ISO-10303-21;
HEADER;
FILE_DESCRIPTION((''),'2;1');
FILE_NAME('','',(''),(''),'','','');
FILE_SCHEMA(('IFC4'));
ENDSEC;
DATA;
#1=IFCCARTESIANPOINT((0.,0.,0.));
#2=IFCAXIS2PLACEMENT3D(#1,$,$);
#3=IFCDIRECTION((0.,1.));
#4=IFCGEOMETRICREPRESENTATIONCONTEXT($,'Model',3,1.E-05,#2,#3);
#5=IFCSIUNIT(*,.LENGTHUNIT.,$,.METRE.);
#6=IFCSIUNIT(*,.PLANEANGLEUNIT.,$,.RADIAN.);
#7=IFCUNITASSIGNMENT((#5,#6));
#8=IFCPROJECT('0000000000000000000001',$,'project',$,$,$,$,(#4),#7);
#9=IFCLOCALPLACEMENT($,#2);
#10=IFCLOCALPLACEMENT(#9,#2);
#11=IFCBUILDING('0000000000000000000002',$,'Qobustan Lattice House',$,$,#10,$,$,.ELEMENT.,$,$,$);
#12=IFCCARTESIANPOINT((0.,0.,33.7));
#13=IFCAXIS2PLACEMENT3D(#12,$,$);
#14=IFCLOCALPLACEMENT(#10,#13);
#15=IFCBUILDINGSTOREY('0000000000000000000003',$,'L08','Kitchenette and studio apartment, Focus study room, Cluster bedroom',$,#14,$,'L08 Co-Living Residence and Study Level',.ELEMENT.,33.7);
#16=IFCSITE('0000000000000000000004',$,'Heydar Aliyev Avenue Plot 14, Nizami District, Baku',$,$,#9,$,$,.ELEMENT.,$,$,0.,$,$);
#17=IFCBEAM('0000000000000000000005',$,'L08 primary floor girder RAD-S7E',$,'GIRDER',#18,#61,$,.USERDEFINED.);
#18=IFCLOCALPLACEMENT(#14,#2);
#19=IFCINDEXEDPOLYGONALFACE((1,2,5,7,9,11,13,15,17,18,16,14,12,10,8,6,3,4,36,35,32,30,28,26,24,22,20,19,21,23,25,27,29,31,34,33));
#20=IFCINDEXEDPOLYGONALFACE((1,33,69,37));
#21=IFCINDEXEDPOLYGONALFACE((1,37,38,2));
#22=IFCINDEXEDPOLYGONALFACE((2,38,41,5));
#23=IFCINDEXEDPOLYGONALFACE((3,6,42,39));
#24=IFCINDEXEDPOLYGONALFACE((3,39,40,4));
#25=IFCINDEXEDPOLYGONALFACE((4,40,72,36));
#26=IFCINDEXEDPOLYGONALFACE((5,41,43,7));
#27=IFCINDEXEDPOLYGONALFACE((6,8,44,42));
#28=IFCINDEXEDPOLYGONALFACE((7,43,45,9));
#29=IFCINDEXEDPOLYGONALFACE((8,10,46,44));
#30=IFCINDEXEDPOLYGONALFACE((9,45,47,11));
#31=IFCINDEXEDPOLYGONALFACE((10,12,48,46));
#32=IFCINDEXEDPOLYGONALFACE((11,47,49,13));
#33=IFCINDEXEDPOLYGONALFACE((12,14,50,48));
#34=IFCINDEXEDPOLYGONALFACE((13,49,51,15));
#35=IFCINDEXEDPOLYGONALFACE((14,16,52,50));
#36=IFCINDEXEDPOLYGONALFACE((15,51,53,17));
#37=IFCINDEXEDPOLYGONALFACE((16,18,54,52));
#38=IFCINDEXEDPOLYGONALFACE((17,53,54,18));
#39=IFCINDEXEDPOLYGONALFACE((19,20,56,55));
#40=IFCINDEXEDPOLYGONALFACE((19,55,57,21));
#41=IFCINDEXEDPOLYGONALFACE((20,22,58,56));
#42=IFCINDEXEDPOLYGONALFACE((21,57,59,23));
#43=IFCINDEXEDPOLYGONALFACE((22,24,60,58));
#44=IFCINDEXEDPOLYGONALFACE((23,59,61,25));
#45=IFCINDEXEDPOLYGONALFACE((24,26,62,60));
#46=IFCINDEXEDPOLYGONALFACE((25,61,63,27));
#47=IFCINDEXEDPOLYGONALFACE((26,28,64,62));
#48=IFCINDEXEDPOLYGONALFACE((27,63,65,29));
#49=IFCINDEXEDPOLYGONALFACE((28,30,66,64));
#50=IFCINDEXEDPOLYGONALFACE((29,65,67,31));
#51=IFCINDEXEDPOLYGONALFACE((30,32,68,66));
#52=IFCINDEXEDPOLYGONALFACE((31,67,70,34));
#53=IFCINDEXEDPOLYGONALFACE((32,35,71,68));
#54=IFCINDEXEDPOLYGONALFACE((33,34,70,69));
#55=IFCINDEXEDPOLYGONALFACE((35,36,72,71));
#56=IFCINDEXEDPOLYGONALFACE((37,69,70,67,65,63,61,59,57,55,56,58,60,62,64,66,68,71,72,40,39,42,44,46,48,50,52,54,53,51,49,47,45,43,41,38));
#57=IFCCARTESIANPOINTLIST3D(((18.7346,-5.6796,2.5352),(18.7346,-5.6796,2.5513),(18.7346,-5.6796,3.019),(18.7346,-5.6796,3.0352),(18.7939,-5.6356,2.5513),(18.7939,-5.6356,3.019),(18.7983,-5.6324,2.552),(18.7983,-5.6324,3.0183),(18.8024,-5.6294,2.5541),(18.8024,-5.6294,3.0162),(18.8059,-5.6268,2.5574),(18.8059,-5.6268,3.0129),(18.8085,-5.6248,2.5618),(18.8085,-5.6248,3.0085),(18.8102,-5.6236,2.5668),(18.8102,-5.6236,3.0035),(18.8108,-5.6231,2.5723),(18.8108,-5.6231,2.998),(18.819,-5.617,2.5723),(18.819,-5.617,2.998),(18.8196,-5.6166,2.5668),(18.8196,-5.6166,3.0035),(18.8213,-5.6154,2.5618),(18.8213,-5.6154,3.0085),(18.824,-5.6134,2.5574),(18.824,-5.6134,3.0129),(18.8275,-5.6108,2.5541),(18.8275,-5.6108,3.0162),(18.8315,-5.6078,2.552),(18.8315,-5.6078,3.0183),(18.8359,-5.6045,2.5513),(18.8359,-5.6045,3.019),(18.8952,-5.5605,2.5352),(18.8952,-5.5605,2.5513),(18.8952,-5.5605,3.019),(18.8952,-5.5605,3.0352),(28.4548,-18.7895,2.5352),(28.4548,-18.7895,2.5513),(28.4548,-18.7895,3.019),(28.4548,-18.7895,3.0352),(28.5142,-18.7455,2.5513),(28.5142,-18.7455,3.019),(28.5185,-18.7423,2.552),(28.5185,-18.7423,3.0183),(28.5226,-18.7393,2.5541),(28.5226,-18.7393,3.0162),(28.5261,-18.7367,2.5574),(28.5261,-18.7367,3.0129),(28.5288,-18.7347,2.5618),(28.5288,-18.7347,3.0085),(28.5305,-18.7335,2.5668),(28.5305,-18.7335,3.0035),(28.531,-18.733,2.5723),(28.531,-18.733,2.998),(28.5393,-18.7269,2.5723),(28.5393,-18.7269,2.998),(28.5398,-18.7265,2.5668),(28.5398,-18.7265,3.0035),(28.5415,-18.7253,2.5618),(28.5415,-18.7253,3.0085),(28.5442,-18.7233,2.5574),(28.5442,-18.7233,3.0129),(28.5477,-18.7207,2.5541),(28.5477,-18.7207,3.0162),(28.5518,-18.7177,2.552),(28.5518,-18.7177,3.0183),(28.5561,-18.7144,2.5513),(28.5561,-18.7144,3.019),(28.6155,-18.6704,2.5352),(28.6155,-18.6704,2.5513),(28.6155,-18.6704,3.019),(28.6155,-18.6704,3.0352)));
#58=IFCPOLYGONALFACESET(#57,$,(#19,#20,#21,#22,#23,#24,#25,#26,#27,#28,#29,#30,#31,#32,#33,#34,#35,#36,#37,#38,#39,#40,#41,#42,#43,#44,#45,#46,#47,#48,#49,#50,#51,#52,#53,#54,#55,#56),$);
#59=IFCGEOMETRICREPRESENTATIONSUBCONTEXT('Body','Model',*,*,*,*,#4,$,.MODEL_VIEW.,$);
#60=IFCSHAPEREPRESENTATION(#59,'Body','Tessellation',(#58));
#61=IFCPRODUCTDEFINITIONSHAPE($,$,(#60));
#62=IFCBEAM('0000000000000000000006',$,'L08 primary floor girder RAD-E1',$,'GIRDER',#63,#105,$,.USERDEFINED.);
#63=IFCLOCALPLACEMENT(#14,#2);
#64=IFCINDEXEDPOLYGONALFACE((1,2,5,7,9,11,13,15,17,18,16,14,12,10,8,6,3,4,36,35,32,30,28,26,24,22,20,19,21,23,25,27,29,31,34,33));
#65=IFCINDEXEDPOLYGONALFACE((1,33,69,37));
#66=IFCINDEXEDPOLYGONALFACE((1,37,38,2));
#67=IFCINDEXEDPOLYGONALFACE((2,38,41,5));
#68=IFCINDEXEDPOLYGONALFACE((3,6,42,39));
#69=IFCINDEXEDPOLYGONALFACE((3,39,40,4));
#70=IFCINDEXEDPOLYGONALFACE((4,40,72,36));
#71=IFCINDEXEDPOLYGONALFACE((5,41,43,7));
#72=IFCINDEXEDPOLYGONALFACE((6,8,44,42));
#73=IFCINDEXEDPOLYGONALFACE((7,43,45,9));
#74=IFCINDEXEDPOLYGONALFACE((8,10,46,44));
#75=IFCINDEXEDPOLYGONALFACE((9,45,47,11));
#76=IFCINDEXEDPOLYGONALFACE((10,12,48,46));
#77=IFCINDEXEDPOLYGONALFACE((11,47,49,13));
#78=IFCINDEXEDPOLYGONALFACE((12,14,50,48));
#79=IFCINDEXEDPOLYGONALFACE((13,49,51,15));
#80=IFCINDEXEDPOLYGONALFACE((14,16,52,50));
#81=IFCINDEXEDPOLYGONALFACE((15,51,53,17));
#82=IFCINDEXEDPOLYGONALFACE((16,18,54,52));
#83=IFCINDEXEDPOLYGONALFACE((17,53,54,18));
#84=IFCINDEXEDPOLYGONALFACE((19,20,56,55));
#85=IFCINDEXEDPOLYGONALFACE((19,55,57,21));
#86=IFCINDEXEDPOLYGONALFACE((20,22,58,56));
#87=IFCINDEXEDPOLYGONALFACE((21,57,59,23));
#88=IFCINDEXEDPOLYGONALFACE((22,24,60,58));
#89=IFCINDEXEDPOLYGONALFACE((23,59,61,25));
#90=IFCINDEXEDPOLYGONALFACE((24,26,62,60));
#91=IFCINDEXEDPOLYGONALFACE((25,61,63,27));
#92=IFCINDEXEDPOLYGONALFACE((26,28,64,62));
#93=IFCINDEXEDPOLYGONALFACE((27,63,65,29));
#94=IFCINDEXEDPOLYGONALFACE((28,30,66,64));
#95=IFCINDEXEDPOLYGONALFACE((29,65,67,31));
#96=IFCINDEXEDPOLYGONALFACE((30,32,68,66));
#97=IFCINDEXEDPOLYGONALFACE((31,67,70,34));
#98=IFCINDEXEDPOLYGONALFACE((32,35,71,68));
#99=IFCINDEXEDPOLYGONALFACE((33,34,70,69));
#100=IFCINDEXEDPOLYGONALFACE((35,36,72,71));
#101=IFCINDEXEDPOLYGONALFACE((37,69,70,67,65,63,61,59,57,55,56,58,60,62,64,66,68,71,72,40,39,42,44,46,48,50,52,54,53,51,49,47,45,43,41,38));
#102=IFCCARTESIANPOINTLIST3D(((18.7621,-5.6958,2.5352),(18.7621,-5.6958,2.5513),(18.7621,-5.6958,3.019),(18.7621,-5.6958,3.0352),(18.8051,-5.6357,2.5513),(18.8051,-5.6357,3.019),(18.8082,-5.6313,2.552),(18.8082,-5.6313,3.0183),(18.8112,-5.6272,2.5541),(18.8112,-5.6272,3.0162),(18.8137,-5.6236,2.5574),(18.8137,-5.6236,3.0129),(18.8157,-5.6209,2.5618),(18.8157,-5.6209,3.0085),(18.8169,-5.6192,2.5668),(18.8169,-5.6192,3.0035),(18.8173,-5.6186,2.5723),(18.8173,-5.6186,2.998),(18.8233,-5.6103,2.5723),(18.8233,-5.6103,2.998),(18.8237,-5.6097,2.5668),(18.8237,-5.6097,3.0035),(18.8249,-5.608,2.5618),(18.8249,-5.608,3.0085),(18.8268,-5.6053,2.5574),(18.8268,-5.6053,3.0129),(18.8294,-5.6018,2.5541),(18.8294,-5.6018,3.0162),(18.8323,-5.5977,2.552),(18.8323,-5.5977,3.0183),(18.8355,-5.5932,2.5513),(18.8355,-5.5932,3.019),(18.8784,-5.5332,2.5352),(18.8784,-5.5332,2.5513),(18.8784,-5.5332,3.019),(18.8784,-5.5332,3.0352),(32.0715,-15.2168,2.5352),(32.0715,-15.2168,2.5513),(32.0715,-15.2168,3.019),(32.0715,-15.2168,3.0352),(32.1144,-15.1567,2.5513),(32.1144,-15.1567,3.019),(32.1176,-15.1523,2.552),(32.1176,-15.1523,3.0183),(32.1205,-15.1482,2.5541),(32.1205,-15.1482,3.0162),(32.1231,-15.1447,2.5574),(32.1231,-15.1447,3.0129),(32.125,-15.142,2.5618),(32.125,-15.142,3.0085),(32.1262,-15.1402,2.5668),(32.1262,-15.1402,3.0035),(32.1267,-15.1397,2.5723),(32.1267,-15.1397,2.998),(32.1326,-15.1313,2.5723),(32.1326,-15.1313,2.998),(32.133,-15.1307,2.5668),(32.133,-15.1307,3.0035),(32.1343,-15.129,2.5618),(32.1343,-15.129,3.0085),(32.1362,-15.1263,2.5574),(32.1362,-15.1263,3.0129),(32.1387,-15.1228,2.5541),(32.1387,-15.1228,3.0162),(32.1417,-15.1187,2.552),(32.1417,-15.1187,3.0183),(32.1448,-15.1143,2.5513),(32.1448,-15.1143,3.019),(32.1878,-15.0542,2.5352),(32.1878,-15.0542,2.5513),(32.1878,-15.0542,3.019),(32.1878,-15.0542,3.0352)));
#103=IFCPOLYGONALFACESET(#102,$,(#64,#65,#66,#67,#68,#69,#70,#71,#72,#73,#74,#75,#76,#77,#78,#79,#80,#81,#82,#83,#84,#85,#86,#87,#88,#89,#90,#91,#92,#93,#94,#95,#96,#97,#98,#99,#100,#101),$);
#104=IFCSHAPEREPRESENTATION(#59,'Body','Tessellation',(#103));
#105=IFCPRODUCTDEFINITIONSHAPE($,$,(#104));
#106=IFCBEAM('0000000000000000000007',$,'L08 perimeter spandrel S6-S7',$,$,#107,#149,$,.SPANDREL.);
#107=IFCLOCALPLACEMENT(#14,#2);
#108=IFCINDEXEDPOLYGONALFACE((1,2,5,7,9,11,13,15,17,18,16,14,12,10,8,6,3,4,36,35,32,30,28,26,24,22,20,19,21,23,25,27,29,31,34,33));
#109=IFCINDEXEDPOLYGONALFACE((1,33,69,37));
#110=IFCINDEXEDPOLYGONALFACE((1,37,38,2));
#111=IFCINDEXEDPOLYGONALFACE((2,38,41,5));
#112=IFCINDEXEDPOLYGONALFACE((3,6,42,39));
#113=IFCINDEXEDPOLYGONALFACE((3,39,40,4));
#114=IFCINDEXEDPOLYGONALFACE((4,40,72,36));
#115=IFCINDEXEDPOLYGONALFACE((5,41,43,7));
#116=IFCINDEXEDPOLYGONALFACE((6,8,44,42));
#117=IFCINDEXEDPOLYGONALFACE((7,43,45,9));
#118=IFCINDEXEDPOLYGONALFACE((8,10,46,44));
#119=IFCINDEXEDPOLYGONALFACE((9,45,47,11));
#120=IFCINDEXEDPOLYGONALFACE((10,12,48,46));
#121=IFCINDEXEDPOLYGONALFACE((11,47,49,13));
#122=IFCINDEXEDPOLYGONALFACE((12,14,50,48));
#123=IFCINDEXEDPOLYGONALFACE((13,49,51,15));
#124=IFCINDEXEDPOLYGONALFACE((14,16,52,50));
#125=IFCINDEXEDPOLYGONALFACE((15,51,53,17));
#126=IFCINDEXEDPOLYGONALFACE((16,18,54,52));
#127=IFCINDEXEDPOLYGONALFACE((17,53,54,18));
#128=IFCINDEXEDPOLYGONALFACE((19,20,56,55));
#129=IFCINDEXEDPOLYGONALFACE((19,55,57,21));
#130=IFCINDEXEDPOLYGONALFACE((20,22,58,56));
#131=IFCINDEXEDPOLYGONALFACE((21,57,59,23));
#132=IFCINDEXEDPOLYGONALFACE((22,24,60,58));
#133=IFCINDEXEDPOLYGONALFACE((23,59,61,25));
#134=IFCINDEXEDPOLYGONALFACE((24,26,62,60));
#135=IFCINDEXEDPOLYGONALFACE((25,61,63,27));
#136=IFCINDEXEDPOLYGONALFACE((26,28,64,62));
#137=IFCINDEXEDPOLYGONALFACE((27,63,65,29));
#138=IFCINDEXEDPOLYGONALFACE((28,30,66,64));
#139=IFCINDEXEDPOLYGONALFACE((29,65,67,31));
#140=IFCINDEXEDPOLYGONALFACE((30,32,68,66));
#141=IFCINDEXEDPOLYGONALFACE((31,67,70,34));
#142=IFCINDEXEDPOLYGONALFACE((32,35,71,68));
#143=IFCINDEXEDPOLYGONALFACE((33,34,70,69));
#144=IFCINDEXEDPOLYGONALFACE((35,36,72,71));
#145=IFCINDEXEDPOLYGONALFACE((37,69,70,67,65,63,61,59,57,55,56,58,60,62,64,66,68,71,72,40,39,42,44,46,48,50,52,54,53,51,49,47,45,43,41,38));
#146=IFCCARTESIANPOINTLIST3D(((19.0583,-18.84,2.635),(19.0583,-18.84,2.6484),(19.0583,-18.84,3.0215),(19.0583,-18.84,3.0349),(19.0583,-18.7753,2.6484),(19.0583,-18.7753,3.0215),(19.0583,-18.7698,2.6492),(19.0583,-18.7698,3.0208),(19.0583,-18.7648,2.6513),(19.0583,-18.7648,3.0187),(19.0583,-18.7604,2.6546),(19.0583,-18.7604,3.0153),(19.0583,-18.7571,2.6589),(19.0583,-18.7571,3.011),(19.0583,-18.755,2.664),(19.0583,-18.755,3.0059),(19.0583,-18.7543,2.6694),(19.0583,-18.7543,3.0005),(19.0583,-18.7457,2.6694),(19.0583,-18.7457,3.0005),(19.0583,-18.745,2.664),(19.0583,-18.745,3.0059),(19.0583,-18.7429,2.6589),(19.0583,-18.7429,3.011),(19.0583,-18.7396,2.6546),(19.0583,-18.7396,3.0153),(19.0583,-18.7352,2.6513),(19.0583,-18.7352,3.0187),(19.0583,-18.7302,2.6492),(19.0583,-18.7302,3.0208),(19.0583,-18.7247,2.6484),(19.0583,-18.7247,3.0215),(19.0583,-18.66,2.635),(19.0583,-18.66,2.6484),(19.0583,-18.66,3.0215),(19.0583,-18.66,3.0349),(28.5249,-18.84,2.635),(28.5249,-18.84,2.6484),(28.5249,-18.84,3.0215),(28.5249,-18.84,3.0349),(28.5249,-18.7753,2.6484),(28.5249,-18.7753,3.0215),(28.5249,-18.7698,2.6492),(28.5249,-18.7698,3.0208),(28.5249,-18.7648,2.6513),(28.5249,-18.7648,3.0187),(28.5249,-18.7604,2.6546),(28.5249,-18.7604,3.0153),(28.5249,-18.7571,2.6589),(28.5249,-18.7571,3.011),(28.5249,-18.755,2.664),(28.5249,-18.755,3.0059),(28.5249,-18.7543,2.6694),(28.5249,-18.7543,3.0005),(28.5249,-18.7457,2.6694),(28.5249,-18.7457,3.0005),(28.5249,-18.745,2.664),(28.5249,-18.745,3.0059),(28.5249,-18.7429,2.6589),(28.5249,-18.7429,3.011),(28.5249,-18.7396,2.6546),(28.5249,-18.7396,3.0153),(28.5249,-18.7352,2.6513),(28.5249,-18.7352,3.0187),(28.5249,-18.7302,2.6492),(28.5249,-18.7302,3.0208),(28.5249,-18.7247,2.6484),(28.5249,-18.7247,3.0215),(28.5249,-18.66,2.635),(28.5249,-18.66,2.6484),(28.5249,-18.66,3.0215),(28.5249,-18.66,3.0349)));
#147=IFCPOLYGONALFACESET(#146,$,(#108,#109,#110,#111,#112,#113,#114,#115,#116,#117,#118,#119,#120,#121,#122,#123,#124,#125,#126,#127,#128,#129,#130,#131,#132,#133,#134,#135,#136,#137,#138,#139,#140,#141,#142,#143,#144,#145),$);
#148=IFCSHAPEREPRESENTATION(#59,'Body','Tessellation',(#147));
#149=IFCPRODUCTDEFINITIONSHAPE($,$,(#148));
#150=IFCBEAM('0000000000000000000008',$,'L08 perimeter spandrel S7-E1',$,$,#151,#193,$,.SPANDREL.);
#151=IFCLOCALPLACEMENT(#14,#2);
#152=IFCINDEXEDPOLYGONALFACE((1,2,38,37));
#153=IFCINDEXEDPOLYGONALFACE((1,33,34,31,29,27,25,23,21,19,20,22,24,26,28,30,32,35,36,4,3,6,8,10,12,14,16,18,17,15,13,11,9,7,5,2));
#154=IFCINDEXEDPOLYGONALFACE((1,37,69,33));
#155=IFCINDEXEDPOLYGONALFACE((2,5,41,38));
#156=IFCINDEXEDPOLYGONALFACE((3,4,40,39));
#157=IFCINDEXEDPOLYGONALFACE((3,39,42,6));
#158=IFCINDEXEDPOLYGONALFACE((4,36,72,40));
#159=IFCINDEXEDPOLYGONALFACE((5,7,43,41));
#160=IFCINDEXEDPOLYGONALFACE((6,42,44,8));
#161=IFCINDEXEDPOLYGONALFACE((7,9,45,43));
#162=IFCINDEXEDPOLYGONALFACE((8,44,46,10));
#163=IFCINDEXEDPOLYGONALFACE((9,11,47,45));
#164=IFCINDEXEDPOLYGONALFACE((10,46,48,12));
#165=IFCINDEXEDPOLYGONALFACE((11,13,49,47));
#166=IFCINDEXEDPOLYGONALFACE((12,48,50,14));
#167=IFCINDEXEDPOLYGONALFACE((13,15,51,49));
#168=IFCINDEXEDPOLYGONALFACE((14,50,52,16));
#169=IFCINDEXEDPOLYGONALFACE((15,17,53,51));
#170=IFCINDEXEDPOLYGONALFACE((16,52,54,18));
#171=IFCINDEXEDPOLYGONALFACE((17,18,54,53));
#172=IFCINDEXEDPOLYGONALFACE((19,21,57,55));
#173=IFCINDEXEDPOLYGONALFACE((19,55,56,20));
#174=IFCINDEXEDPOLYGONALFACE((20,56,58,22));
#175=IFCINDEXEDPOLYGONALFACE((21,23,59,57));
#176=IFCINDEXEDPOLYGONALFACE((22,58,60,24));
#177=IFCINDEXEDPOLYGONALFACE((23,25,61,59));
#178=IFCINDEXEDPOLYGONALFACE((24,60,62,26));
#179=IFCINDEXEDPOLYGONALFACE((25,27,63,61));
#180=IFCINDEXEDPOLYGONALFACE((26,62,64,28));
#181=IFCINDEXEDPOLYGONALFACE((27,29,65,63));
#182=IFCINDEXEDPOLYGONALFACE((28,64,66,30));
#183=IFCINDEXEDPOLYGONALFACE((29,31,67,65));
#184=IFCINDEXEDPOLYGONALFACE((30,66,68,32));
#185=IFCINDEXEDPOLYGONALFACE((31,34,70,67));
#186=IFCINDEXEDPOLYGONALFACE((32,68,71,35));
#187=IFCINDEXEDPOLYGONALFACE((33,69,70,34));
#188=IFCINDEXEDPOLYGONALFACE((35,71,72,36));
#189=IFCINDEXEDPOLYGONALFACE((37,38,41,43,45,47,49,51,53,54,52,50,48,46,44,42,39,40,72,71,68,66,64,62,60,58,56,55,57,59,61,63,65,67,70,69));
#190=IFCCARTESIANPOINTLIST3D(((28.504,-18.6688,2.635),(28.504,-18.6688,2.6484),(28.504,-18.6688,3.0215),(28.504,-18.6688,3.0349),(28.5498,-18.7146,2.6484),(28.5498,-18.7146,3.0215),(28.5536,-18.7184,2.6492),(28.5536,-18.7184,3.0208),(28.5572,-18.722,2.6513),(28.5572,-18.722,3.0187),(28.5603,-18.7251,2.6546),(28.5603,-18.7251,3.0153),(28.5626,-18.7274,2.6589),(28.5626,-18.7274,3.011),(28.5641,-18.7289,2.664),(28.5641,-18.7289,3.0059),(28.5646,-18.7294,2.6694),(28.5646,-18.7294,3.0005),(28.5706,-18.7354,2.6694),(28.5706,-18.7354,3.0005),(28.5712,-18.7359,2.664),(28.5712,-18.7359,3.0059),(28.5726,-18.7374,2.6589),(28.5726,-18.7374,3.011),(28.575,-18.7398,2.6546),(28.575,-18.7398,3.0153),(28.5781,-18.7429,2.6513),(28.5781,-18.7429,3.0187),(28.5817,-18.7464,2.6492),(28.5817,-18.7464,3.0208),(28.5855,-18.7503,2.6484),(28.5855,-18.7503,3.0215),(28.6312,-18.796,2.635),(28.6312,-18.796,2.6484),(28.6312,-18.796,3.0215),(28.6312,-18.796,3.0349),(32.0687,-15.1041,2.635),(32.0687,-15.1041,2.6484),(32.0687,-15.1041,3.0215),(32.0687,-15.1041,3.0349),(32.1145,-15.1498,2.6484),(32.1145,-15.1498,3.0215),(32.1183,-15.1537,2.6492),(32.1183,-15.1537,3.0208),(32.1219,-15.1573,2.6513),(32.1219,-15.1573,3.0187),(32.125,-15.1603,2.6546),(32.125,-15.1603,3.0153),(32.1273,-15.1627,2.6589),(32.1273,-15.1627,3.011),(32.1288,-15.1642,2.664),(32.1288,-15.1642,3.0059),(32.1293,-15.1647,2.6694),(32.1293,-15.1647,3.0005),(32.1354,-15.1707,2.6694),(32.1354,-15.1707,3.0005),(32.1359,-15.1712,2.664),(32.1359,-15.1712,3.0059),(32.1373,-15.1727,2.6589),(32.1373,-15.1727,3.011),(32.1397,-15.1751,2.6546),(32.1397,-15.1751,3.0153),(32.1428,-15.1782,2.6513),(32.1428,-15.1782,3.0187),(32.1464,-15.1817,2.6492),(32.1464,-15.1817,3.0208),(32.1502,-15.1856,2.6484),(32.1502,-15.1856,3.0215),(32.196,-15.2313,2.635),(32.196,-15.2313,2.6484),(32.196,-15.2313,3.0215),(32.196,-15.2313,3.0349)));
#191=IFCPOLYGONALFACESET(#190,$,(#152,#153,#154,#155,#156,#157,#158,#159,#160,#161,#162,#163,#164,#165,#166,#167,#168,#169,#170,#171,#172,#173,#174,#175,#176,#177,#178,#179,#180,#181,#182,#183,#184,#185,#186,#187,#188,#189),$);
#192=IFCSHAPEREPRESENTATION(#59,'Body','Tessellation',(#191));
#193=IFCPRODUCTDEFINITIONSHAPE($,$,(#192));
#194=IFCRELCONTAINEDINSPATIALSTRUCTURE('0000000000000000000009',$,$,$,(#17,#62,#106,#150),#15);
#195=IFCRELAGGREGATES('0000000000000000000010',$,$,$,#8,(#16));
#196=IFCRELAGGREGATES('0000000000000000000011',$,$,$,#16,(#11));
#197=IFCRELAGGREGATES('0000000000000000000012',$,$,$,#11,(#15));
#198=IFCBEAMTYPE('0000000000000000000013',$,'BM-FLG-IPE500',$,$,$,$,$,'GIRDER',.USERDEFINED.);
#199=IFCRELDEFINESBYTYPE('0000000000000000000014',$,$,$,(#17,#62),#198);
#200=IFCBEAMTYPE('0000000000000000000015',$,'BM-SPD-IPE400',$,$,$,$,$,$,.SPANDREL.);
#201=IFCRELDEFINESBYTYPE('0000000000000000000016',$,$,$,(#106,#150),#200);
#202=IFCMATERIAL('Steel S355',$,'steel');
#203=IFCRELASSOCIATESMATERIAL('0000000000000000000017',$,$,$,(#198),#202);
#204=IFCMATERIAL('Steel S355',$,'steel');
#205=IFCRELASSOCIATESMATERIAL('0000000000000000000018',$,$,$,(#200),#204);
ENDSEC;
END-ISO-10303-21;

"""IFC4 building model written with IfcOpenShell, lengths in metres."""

from ifc_helpers import new_model, si_unit, direction, frame, origin, origin_2d, place, context, subcontext, project, spatial, i_section, extrude, material, material_profile, profile_set, type_object, element, save


model = new_model("IFC4")

# Units and contexts
model_context = context("Model", 3, precision=1e-05, world=origin(), true_north=direction((0.0, 1.0)))
body_context = subcontext(model_context, "Body", "Model", "MODEL_VIEW")
ifc_project = project(units=[si_unit("LENGTHUNIT", "METRE"), si_unit("PLANEANGLEUNIT", "RADIAN")], contexts=[model_context])

# Site, building, storey
site_placement = place(None, origin())
site = spatial("IfcSite", under=ifc_project, at=site_placement, Name="Heydar Aliyev Avenue Plot 14, Nizami District, Baku", CompositionType="ELEMENT", RefElevation=0.0)
building_placement = place(site_placement, origin())
building = spatial("IfcBuilding", under=site, at=building_placement, Name="Qobustan Lattice House", CompositionType="ELEMENT")
storey_placement = place(building_placement, frame((0.0, 0.0, 33.7)))
storey = spatial("IfcBuildingStorey", under=building, at=storey_placement, Name="L08", Description="Kitchenette and studio apartment, Focus study room, Cluster bedroom", LongName="L08 Co-Living Residence and Study Level", CompositionType="ELEMENT", Elevation=33.7)

# Beams
ifc_material_1 = material(Name="Steel S355", Category="steel")
ifc_material_profile_1 = material_profile(ifc_material_1, i_section(OverallWidth=0.2, OverallDepth=0.5, WebThickness=0.0103, FlangeThickness=0.0161, FilletRadius=0.021, at=origin_2d()), Name="IPE500")
ifc_profile_set_1 = profile_set([ifc_material_profile_1], Name="Steel S355")
beam_type_1 = type_object("IfcBeamType", Name="BM-FLG-IPE500", ElementType="GIRDER", PredefinedType="USERDEFINED", material=ifc_profile_set_1)
beam_1_placement = place(storey_placement, frame((28.5352, -18.73, 2.7852), z_axis=(-0.595592, 0.803287, 0.0), x_axis=(-0.803287, -0.595592, 0.0)))
element("IfcBeam", 1, at=beam_1_placement, inside=storey, type_object=beam_type_1, Name="L08 primary floor girder RAD-S7E", ObjectType="GIRDER", PredefinedType="USERDEFINED", context=body_context, shape_type="SweptSolid", body=[
    extrude(i_section(OverallWidth=0.2, OverallDepth=0.5, WebThickness=0.0103, FlangeThickness=0.0161, FilletRadius=0.021, at=origin_2d()), origin(), (0.0, 0.0, 1.0), 16.3203),
])
beam_2_placement = place(storey_placement, frame((32.1296, -15.1355, 2.7852), z_axis=(-0.813319, 0.581818, 0.0), x_axis=(-0.581818, -0.813319, 0.0)))
element("IfcBeam", 2, at=beam_2_placement, inside=storey, type_object=beam_type_1, Name="L08 primary floor girder RAD-E1", ObjectType="GIRDER", PredefinedType="USERDEFINED", context=body_context, shape_type="SweptSolid", body=[
    extrude(i_section(OverallWidth=0.2, OverallDepth=0.5, WebThickness=0.0103, FlangeThickness=0.0161, FilletRadius=0.021, at=origin_2d()), origin(), (0.0, 0.0, 1.0), 16.3643),
])
ifc_material_2 = material(Name="Steel S355", Category="steel")
ifc_material_profile_2 = material_profile(ifc_material_2, i_section(OverallWidth=0.1799, OverallDepth=0.3999, WebThickness=0.0085, FlangeThickness=0.0134, FilletRadius=0.021, at=origin_2d()), Name="IPE400")
ifc_profile_set_2 = profile_set([ifc_material_profile_2], Name="Steel S355")
beam_type_2 = type_object("IfcBeamType", Name="BM-SPD-IPE400", PredefinedType="SPANDREL", material=ifc_profile_set_2)
beam_3_placement = place(storey_placement, frame((19.0583, -18.75, 2.835), z_axis=(1.0, 0.0, 0.0), x_axis=(0.0, 1.0, 0.0)))
element("IfcBeam", 3, at=beam_3_placement, inside=storey, type_object=beam_type_2, Name="L08 perimeter spandrel S6-S7", PredefinedType="SPANDREL", context=body_context, shape_type="SweptSolid", body=[
    extrude(i_section(OverallWidth=0.1799, OverallDepth=0.3999, WebThickness=0.0085, FlangeThickness=0.0134, FilletRadius=0.021, at=origin_2d()), origin(), (0.0, 0.0, 1.0), 9.4666),
])
beam_4_placement = place(storey_placement, frame((28.5676, -18.7324, 2.835), z_axis=(0.707107, 0.707107, 0.0), x_axis=(-0.707107, 0.707107, 0.0)))
element("IfcBeam", 4, at=beam_4_placement, inside=storey, type_object=beam_type_2, Name="L08 perimeter spandrel S7-E1", PredefinedType="SPANDREL", context=body_context, shape_type="SweptSolid", body=[
    extrude(i_section(OverallWidth=0.1799, OverallDepth=0.3999, WebThickness=0.0085, FlangeThickness=0.0134, FilletRadius=0.021, at=origin_2d()), origin(), (0.0, 0.0, 1.0), 5.0413),
])

save(model, "model.ifc")
